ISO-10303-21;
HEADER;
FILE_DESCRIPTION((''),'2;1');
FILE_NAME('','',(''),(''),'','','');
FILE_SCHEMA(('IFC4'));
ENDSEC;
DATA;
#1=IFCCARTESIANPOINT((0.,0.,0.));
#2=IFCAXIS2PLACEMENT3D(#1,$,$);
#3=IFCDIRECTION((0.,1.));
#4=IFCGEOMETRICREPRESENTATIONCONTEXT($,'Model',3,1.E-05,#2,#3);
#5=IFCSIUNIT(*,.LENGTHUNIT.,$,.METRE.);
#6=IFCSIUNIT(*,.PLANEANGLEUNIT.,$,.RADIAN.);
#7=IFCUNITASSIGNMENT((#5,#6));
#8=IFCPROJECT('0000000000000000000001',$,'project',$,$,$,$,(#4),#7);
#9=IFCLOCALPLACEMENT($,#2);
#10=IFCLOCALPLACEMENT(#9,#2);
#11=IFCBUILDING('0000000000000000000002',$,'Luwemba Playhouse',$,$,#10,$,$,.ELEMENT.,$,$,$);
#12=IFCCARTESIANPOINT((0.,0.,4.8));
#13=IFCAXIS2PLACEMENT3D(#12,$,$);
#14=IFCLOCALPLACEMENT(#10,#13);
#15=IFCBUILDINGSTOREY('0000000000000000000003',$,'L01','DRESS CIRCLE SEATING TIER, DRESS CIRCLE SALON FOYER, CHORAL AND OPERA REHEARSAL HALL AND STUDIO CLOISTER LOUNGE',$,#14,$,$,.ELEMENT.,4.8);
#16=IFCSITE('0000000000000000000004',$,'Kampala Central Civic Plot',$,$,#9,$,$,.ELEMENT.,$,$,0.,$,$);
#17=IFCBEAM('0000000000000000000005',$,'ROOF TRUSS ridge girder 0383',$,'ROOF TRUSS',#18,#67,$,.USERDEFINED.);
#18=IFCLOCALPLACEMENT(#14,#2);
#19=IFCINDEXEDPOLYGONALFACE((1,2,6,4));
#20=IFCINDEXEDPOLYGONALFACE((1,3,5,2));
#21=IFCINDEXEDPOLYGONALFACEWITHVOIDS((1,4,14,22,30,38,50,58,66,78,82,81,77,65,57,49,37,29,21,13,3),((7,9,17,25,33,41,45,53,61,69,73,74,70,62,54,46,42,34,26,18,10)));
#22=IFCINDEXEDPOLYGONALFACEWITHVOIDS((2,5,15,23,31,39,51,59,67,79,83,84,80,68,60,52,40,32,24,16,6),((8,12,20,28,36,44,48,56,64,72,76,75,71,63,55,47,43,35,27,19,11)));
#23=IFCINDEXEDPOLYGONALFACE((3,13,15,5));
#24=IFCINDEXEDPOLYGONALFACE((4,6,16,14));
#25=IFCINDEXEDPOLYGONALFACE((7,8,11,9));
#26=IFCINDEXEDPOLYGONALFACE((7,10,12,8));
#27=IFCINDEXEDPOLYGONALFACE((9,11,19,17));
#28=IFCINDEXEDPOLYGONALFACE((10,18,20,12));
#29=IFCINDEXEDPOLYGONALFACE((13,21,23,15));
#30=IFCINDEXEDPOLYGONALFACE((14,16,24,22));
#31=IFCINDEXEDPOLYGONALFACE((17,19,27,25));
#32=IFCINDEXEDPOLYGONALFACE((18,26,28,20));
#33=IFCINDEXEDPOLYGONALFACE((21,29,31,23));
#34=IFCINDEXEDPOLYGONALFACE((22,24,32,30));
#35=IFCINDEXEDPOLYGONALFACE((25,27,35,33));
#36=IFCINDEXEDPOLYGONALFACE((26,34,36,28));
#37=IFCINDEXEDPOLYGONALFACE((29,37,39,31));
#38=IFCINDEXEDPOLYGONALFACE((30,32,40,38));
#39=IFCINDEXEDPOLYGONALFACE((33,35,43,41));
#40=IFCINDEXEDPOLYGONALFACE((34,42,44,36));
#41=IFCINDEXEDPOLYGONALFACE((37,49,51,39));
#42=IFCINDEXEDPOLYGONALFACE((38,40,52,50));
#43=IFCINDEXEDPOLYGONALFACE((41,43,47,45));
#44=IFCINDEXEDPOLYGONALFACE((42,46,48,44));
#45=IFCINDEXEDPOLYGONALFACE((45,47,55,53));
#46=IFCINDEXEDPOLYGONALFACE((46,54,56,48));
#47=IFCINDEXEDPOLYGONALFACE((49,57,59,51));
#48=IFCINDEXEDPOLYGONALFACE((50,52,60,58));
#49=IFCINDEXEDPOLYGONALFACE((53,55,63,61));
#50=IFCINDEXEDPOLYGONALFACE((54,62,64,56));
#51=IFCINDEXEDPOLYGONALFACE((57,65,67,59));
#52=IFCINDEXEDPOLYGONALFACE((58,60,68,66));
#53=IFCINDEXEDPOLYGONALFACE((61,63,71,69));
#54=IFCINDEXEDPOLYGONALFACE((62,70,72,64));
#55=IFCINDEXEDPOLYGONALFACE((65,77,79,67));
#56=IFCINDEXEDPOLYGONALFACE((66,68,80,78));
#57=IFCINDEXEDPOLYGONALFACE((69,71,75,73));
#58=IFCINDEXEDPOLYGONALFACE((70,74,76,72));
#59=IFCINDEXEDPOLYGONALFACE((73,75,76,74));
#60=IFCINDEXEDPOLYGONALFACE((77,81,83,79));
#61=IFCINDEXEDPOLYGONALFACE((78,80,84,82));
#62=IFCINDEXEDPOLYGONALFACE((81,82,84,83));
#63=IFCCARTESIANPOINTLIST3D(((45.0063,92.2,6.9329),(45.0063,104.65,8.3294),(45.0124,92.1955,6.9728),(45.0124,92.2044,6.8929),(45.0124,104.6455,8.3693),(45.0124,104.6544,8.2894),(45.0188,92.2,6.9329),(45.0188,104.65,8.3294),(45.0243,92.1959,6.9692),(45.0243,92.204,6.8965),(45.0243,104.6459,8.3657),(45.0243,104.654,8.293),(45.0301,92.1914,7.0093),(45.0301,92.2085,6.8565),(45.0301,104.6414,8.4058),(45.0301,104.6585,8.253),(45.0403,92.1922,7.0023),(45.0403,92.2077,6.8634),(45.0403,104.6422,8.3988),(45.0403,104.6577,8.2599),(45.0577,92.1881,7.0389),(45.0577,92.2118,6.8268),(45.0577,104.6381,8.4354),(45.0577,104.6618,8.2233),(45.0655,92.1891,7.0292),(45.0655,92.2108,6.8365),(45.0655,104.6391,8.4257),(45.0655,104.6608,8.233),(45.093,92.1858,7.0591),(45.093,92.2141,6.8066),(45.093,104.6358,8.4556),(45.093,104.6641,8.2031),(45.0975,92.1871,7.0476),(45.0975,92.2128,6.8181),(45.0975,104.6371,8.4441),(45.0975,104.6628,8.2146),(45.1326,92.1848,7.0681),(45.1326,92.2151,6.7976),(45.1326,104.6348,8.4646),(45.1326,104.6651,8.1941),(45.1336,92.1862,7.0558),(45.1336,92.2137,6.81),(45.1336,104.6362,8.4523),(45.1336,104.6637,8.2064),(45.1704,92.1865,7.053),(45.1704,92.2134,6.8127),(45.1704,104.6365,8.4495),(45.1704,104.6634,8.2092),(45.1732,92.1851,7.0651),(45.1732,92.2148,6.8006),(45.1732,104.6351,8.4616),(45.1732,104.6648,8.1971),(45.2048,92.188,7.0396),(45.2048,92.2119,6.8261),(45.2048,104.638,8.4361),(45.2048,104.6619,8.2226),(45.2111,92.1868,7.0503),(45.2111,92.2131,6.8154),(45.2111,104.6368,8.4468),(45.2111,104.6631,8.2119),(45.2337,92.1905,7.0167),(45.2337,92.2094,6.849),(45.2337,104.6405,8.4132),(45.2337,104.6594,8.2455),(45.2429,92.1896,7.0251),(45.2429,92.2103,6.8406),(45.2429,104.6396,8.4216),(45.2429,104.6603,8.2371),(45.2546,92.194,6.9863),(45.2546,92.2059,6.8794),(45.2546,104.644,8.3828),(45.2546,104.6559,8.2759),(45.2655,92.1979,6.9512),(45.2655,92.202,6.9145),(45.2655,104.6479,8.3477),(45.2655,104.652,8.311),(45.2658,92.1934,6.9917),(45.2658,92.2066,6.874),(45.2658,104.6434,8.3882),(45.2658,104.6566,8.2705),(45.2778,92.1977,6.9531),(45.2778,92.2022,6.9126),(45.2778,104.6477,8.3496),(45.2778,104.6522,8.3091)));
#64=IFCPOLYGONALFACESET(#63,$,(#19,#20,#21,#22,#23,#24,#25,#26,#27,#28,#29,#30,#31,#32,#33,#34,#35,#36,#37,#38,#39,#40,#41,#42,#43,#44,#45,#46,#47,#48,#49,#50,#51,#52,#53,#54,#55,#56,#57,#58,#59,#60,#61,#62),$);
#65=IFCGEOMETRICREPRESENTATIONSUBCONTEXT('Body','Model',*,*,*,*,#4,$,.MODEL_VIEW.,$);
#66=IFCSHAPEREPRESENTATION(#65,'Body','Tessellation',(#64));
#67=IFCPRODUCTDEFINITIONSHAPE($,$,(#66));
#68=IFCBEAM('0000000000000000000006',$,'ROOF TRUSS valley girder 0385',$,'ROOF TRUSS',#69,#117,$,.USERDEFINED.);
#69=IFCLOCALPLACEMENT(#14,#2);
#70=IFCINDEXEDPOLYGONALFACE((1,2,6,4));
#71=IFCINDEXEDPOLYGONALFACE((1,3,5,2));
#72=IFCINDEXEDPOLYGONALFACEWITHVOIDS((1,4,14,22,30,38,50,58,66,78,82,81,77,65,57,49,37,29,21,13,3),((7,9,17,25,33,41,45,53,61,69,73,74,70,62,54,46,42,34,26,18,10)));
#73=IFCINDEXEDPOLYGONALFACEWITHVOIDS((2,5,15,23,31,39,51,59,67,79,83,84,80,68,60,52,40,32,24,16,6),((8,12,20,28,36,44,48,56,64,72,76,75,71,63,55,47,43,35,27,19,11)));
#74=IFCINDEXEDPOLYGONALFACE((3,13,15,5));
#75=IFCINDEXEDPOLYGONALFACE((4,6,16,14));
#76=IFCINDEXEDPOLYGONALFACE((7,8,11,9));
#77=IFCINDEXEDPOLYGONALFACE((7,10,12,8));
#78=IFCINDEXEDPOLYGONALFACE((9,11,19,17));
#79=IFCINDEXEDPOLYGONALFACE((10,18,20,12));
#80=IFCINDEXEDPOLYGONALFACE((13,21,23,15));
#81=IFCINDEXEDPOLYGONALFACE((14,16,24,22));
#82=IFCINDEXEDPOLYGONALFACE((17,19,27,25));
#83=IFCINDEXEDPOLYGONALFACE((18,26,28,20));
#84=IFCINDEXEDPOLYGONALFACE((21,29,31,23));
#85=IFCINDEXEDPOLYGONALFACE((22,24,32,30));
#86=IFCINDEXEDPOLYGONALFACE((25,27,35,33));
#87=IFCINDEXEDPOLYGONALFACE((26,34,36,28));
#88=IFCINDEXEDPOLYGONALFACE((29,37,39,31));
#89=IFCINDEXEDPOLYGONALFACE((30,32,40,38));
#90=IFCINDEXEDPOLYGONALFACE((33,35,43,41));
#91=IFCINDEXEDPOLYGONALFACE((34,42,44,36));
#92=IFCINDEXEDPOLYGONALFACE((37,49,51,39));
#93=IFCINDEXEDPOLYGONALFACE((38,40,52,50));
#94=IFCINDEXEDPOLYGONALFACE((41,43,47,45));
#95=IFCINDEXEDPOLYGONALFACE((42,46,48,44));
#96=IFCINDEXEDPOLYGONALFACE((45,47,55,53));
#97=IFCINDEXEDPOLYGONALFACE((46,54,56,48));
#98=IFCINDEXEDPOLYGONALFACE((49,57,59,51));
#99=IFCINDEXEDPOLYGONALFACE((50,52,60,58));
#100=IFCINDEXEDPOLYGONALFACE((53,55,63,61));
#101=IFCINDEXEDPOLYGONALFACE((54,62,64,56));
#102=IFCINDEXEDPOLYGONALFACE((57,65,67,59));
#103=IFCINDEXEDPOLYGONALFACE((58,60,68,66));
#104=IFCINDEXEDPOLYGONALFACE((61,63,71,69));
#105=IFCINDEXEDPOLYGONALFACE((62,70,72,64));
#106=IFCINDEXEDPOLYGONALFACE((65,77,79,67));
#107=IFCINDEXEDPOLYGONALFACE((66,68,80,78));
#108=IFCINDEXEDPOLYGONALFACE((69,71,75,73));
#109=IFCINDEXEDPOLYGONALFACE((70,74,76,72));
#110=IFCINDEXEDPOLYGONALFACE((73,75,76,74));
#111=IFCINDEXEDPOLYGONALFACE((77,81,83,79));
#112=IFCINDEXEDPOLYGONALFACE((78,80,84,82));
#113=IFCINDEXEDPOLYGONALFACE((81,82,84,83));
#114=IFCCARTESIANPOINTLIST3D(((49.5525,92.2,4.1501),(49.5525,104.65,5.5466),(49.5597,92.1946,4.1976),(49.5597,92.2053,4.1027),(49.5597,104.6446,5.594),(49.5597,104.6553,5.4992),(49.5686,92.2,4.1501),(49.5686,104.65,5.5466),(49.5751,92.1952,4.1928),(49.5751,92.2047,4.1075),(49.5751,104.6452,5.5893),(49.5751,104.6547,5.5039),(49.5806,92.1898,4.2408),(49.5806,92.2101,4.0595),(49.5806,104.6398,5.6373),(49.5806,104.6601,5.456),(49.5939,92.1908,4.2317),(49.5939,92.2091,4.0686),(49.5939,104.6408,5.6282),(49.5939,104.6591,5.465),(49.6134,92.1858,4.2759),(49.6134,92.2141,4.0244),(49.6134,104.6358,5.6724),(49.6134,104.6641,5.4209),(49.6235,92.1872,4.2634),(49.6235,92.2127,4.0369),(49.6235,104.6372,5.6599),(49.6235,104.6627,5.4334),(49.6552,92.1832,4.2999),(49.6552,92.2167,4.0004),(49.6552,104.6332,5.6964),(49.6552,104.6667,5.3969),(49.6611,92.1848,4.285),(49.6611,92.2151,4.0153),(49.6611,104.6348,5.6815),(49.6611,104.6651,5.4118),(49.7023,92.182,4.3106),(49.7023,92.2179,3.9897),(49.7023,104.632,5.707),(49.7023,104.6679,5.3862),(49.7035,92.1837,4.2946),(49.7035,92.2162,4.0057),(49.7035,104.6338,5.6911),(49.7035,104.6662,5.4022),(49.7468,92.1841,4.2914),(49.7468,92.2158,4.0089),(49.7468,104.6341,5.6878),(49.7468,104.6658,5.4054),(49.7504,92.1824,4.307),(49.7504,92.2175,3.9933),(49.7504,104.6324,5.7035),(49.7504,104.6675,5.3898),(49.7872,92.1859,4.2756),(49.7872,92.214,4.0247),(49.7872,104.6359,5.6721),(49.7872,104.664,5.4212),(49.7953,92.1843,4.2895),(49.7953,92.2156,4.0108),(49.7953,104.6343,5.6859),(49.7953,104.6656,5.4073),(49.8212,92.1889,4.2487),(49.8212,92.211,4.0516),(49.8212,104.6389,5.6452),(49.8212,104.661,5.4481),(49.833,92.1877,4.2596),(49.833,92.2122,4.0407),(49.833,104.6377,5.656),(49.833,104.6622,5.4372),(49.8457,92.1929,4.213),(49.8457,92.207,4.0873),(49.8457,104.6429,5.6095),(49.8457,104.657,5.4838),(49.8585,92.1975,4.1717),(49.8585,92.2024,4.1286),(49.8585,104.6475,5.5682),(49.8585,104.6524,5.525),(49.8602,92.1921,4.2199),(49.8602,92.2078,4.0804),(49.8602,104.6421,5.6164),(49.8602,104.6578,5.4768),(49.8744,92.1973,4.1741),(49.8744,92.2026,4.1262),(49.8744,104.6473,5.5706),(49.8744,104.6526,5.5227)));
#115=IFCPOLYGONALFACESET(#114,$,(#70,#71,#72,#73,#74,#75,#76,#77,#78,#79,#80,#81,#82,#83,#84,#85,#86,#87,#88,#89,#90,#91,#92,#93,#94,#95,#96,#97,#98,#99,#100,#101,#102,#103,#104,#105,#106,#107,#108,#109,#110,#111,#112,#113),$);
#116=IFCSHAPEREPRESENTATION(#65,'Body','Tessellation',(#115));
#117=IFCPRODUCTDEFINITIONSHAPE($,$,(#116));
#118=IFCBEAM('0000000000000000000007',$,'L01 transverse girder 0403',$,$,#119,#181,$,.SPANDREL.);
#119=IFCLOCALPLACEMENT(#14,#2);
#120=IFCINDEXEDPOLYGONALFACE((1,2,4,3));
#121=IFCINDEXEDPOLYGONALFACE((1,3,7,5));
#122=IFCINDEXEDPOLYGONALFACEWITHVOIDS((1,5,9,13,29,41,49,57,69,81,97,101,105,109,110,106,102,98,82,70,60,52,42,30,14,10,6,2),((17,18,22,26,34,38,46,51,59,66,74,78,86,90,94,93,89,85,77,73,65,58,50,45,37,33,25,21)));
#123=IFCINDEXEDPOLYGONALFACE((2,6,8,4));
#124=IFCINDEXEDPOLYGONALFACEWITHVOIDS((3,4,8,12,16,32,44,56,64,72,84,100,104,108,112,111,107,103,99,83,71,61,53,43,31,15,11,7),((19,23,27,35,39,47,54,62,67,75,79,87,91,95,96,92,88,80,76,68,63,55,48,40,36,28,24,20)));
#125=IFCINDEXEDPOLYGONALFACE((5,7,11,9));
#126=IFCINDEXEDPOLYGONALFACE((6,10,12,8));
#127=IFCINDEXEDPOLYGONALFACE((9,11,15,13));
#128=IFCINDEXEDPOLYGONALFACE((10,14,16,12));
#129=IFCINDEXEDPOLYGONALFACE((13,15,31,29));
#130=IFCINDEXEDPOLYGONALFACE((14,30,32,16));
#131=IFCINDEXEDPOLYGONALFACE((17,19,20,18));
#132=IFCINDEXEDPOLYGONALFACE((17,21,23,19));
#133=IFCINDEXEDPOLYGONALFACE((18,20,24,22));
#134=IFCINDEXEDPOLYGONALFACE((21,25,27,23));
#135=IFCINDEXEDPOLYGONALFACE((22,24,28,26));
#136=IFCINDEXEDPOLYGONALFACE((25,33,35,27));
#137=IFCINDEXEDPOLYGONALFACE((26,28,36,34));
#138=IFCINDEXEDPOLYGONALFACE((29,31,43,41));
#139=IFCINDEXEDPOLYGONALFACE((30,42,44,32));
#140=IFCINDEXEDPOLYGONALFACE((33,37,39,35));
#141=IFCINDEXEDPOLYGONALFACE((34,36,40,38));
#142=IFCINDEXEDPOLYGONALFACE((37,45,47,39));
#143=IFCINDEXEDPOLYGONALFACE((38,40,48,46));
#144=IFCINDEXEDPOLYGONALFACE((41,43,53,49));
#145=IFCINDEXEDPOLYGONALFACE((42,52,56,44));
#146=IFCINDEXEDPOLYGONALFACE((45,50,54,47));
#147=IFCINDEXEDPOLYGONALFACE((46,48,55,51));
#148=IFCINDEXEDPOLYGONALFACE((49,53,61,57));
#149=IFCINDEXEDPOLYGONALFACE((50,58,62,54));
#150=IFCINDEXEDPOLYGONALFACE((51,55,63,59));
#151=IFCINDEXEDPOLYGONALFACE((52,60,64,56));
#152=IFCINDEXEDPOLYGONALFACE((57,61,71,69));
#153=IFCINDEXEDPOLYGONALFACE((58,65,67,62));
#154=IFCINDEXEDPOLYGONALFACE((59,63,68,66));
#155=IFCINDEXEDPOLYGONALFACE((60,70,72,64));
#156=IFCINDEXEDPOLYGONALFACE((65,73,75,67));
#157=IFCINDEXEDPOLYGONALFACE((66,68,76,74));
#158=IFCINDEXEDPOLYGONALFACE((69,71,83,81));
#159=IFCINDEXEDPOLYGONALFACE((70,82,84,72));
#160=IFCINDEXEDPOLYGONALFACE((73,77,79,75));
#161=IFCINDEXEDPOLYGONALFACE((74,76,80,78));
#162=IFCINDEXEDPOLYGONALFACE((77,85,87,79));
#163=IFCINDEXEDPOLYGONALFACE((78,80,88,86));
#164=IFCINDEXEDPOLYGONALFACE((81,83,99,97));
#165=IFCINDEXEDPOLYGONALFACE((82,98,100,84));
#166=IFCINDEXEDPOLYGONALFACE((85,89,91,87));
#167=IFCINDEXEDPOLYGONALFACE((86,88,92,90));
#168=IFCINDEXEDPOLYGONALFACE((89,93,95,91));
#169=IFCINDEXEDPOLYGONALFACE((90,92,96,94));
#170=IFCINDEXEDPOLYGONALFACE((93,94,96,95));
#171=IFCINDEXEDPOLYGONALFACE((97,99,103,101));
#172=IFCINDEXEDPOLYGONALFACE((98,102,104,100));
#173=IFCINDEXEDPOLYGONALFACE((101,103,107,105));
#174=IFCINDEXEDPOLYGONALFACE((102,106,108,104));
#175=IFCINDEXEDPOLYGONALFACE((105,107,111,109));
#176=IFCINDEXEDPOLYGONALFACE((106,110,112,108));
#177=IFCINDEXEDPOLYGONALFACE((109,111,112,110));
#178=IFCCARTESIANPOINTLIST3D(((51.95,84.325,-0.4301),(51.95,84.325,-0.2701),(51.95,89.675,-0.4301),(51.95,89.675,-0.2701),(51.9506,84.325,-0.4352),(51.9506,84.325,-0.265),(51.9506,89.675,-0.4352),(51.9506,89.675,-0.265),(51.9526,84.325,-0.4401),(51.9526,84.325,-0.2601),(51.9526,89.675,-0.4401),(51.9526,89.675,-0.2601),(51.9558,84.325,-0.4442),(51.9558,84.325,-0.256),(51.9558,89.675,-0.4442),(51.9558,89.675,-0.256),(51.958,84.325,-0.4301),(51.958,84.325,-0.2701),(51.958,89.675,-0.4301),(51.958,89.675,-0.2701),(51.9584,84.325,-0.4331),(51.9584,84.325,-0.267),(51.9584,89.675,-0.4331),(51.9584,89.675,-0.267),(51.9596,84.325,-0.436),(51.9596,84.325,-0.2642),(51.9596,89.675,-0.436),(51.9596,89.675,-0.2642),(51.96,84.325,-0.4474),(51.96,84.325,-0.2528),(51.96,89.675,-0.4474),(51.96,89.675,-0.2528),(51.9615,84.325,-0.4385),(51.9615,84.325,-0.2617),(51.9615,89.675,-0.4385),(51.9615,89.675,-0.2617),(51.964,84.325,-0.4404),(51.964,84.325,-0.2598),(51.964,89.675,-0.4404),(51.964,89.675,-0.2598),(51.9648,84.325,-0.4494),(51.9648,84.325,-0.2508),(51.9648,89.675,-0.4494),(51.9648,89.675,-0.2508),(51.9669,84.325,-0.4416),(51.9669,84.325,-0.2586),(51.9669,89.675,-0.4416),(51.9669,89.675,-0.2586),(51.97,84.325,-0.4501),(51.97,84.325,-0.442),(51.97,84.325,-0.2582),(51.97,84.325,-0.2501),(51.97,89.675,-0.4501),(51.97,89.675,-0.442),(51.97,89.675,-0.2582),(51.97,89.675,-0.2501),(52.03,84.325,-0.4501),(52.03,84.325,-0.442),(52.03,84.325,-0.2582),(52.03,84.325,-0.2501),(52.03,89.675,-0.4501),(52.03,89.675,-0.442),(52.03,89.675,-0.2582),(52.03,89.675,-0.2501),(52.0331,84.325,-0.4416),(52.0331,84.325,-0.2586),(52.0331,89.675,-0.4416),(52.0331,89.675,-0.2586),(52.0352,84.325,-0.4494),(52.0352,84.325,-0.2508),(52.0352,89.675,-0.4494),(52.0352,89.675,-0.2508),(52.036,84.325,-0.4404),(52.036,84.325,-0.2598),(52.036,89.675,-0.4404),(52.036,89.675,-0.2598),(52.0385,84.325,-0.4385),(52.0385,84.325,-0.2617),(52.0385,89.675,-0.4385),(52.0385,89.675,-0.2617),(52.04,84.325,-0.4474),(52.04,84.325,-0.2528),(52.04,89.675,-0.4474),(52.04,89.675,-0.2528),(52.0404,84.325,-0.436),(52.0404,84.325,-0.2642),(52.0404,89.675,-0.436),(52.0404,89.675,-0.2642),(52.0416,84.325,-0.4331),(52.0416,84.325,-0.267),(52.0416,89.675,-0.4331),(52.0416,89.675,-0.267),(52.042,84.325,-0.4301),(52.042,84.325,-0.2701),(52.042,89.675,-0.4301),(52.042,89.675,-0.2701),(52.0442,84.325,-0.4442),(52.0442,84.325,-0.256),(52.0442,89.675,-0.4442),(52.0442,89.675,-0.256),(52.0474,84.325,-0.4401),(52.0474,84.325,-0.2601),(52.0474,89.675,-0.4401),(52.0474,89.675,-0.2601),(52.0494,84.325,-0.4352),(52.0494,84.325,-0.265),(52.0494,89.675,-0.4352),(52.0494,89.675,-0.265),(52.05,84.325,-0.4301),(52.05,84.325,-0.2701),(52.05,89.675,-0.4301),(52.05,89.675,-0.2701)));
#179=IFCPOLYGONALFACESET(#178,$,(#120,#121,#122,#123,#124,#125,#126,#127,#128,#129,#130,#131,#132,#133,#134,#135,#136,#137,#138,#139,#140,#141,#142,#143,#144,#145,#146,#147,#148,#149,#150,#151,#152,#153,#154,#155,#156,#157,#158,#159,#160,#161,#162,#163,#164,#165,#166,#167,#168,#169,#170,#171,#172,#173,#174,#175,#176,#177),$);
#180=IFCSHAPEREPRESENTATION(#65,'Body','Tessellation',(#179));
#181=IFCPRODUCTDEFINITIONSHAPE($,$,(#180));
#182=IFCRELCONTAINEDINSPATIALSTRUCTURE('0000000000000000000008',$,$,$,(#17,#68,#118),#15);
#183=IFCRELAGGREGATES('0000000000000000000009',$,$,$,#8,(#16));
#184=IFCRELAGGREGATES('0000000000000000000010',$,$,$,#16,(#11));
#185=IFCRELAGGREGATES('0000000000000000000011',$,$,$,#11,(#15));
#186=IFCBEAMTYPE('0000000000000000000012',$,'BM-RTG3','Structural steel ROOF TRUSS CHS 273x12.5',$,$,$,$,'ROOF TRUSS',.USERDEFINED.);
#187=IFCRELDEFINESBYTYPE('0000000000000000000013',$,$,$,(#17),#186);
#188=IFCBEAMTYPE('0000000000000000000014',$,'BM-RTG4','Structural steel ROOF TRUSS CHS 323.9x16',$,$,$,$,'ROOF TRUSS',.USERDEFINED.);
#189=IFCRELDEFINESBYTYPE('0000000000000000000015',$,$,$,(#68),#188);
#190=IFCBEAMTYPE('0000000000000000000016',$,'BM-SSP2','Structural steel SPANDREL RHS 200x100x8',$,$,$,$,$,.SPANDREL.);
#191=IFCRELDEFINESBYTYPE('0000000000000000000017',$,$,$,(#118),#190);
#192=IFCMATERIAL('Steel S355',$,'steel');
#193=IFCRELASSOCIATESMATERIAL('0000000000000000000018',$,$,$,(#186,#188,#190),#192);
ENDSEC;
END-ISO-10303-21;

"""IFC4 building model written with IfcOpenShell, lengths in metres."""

from ifc_helpers import new_model, si_unit, direction, frame, origin, origin_2d, place, context, subcontext, project, spatial, hollow_rectangle, hollow_circle, extrude, material, material_profile, profile_set, type_object, element, save


model = new_model("IFC4")

# Units and contexts
model_context = context("Model", 3, precision=1e-05, world=origin(), true_north=direction((0.0, 1.0)))
body_context = subcontext(model_context, "Body", "Model", "MODEL_VIEW")
ifc_project = project(units=[si_unit("LENGTHUNIT", "METRE"), si_unit("PLANEANGLEUNIT", "RADIAN")], contexts=[model_context])

# Site, building, storey
site_placement = place(None, origin())
site = spatial("IfcSite", under=ifc_project, at=site_placement, Name="Kampala Central Civic Plot", CompositionType="ELEMENT", RefElevation=0.0)
building_placement = place(site_placement, origin())
building = spatial("IfcBuilding", under=site, at=building_placement, Name="Luwemba Playhouse", CompositionType="ELEMENT")
storey_placement = place(building_placement, frame((0.0, 0.0, 4.8)))
storey = spatial("IfcBuildingStorey", under=building, at=storey_placement, Name="L01", Description="DRESS CIRCLE SEATING TIER, DRESS CIRCLE SALON FOYER, CHORAL AND OPERA REHEARSAL HALL AND STUDIO CLOISTER LOUNGE", CompositionType="ELEMENT", Elevation=4.8)

# Beams
ifc_material_1 = material(Name="Steel S355", Category="steel")
ifc_material_profile_1 = material_profile(ifc_material_1, hollow_circle(Radius=0.1365, WallThickness=0.0125, at=origin_2d()))
ifc_profile_set_1 = profile_set([ifc_material_profile_1], Name="Steel S355")
beam_type_1 = type_object("IfcBeamType", Name="BM-RTG3", Description="Structural steel ROOF TRUSS CHS 273x12.5", ElementType="ROOF TRUSS", PredefinedType="USERDEFINED", material=ifc_profile_set_1)
beam_1_placement = place(storey_placement, frame((45.1428, 92.2, 6.9329), z_axis=(0.0, 0.993768, 0.111469), x_axis=(-1.0, 0.0, 0.0)))
element("IfcBeam", 1, at=beam_1_placement, inside=storey, type_object=beam_type_1, Name="ROOF TRUSS ridge girder 0383", ObjectType="ROOF TRUSS", PredefinedType="USERDEFINED", context=body_context, shape_type="SweptSolid", body=[
    extrude(hollow_circle(Radius=0.1365, WallThickness=0.0125, at=origin_2d()), origin(), (0.0, 0.0, 1.0), 12.5281),
])
ifc_material_profile_2 = material_profile(ifc_material_1, hollow_circle(Radius=0.1619, WallThickness=0.0161, at=origin_2d()))
ifc_profile_set_2 = profile_set([ifc_material_profile_2], Name="Steel S355")
beam_type_2 = type_object("IfcBeamType", Name="BM-RTG4", Description="Structural steel ROOF TRUSS CHS 323.9x16", ElementType="ROOF TRUSS", PredefinedType="USERDEFINED", material=ifc_profile_set_2)
beam_2_placement = place(storey_placement, frame((49.7144, 92.2, 4.1501), z_axis=(0.0, 0.993768, 0.111469), x_axis=(-1.0, 0.0, 0.0)))
element("IfcBeam", 2, at=beam_2_placement, inside=storey, type_object=beam_type_2, Name="ROOF TRUSS valley girder 0385", ObjectType="ROOF TRUSS", PredefinedType="USERDEFINED", context=body_context, shape_type="SweptSolid", body=[
    extrude(hollow_circle(Radius=0.1619, WallThickness=0.0161, at=origin_2d()), origin(), (0.0, 0.0, 1.0), 12.5281),
])
ifc_material_profile_3 = material_profile(ifc_material_1, hollow_rectangle(XDim=0.1001, YDim=0.2, WallThickness=0.0081, InnerFilletRadius=0.012, OuterFilletRadius=0.02, at=origin_2d()))
ifc_profile_set_3 = profile_set([ifc_material_profile_3], Name="Steel S355")
beam_type_3 = type_object("IfcBeamType", Name="BM-SSP2", Description="Structural steel SPANDREL RHS 200x100x8", PredefinedType="SPANDREL", material=ifc_profile_set_3)
beam_3_placement = place(storey_placement, frame((52.0, 84.325, -0.3501), z_axis=(0.0, 1.0, 0.0), x_axis=(-1.0, 0.0, 0.0)))
element("IfcBeam", 3, at=beam_3_placement, inside=storey, type_object=beam_type_3, Name="L01 transverse girder 0403", PredefinedType="SPANDREL", context=body_context, shape_type="SweptSolid", body=[
    extrude(hollow_rectangle(XDim=0.1001, YDim=0.2, WallThickness=0.0081, InnerFilletRadius=0.012, OuterFilletRadius=0.02, at=origin_2d()), origin(), (0.0, 0.0, 1.0), 5.3501),
])

save(model, "model.ifc")
